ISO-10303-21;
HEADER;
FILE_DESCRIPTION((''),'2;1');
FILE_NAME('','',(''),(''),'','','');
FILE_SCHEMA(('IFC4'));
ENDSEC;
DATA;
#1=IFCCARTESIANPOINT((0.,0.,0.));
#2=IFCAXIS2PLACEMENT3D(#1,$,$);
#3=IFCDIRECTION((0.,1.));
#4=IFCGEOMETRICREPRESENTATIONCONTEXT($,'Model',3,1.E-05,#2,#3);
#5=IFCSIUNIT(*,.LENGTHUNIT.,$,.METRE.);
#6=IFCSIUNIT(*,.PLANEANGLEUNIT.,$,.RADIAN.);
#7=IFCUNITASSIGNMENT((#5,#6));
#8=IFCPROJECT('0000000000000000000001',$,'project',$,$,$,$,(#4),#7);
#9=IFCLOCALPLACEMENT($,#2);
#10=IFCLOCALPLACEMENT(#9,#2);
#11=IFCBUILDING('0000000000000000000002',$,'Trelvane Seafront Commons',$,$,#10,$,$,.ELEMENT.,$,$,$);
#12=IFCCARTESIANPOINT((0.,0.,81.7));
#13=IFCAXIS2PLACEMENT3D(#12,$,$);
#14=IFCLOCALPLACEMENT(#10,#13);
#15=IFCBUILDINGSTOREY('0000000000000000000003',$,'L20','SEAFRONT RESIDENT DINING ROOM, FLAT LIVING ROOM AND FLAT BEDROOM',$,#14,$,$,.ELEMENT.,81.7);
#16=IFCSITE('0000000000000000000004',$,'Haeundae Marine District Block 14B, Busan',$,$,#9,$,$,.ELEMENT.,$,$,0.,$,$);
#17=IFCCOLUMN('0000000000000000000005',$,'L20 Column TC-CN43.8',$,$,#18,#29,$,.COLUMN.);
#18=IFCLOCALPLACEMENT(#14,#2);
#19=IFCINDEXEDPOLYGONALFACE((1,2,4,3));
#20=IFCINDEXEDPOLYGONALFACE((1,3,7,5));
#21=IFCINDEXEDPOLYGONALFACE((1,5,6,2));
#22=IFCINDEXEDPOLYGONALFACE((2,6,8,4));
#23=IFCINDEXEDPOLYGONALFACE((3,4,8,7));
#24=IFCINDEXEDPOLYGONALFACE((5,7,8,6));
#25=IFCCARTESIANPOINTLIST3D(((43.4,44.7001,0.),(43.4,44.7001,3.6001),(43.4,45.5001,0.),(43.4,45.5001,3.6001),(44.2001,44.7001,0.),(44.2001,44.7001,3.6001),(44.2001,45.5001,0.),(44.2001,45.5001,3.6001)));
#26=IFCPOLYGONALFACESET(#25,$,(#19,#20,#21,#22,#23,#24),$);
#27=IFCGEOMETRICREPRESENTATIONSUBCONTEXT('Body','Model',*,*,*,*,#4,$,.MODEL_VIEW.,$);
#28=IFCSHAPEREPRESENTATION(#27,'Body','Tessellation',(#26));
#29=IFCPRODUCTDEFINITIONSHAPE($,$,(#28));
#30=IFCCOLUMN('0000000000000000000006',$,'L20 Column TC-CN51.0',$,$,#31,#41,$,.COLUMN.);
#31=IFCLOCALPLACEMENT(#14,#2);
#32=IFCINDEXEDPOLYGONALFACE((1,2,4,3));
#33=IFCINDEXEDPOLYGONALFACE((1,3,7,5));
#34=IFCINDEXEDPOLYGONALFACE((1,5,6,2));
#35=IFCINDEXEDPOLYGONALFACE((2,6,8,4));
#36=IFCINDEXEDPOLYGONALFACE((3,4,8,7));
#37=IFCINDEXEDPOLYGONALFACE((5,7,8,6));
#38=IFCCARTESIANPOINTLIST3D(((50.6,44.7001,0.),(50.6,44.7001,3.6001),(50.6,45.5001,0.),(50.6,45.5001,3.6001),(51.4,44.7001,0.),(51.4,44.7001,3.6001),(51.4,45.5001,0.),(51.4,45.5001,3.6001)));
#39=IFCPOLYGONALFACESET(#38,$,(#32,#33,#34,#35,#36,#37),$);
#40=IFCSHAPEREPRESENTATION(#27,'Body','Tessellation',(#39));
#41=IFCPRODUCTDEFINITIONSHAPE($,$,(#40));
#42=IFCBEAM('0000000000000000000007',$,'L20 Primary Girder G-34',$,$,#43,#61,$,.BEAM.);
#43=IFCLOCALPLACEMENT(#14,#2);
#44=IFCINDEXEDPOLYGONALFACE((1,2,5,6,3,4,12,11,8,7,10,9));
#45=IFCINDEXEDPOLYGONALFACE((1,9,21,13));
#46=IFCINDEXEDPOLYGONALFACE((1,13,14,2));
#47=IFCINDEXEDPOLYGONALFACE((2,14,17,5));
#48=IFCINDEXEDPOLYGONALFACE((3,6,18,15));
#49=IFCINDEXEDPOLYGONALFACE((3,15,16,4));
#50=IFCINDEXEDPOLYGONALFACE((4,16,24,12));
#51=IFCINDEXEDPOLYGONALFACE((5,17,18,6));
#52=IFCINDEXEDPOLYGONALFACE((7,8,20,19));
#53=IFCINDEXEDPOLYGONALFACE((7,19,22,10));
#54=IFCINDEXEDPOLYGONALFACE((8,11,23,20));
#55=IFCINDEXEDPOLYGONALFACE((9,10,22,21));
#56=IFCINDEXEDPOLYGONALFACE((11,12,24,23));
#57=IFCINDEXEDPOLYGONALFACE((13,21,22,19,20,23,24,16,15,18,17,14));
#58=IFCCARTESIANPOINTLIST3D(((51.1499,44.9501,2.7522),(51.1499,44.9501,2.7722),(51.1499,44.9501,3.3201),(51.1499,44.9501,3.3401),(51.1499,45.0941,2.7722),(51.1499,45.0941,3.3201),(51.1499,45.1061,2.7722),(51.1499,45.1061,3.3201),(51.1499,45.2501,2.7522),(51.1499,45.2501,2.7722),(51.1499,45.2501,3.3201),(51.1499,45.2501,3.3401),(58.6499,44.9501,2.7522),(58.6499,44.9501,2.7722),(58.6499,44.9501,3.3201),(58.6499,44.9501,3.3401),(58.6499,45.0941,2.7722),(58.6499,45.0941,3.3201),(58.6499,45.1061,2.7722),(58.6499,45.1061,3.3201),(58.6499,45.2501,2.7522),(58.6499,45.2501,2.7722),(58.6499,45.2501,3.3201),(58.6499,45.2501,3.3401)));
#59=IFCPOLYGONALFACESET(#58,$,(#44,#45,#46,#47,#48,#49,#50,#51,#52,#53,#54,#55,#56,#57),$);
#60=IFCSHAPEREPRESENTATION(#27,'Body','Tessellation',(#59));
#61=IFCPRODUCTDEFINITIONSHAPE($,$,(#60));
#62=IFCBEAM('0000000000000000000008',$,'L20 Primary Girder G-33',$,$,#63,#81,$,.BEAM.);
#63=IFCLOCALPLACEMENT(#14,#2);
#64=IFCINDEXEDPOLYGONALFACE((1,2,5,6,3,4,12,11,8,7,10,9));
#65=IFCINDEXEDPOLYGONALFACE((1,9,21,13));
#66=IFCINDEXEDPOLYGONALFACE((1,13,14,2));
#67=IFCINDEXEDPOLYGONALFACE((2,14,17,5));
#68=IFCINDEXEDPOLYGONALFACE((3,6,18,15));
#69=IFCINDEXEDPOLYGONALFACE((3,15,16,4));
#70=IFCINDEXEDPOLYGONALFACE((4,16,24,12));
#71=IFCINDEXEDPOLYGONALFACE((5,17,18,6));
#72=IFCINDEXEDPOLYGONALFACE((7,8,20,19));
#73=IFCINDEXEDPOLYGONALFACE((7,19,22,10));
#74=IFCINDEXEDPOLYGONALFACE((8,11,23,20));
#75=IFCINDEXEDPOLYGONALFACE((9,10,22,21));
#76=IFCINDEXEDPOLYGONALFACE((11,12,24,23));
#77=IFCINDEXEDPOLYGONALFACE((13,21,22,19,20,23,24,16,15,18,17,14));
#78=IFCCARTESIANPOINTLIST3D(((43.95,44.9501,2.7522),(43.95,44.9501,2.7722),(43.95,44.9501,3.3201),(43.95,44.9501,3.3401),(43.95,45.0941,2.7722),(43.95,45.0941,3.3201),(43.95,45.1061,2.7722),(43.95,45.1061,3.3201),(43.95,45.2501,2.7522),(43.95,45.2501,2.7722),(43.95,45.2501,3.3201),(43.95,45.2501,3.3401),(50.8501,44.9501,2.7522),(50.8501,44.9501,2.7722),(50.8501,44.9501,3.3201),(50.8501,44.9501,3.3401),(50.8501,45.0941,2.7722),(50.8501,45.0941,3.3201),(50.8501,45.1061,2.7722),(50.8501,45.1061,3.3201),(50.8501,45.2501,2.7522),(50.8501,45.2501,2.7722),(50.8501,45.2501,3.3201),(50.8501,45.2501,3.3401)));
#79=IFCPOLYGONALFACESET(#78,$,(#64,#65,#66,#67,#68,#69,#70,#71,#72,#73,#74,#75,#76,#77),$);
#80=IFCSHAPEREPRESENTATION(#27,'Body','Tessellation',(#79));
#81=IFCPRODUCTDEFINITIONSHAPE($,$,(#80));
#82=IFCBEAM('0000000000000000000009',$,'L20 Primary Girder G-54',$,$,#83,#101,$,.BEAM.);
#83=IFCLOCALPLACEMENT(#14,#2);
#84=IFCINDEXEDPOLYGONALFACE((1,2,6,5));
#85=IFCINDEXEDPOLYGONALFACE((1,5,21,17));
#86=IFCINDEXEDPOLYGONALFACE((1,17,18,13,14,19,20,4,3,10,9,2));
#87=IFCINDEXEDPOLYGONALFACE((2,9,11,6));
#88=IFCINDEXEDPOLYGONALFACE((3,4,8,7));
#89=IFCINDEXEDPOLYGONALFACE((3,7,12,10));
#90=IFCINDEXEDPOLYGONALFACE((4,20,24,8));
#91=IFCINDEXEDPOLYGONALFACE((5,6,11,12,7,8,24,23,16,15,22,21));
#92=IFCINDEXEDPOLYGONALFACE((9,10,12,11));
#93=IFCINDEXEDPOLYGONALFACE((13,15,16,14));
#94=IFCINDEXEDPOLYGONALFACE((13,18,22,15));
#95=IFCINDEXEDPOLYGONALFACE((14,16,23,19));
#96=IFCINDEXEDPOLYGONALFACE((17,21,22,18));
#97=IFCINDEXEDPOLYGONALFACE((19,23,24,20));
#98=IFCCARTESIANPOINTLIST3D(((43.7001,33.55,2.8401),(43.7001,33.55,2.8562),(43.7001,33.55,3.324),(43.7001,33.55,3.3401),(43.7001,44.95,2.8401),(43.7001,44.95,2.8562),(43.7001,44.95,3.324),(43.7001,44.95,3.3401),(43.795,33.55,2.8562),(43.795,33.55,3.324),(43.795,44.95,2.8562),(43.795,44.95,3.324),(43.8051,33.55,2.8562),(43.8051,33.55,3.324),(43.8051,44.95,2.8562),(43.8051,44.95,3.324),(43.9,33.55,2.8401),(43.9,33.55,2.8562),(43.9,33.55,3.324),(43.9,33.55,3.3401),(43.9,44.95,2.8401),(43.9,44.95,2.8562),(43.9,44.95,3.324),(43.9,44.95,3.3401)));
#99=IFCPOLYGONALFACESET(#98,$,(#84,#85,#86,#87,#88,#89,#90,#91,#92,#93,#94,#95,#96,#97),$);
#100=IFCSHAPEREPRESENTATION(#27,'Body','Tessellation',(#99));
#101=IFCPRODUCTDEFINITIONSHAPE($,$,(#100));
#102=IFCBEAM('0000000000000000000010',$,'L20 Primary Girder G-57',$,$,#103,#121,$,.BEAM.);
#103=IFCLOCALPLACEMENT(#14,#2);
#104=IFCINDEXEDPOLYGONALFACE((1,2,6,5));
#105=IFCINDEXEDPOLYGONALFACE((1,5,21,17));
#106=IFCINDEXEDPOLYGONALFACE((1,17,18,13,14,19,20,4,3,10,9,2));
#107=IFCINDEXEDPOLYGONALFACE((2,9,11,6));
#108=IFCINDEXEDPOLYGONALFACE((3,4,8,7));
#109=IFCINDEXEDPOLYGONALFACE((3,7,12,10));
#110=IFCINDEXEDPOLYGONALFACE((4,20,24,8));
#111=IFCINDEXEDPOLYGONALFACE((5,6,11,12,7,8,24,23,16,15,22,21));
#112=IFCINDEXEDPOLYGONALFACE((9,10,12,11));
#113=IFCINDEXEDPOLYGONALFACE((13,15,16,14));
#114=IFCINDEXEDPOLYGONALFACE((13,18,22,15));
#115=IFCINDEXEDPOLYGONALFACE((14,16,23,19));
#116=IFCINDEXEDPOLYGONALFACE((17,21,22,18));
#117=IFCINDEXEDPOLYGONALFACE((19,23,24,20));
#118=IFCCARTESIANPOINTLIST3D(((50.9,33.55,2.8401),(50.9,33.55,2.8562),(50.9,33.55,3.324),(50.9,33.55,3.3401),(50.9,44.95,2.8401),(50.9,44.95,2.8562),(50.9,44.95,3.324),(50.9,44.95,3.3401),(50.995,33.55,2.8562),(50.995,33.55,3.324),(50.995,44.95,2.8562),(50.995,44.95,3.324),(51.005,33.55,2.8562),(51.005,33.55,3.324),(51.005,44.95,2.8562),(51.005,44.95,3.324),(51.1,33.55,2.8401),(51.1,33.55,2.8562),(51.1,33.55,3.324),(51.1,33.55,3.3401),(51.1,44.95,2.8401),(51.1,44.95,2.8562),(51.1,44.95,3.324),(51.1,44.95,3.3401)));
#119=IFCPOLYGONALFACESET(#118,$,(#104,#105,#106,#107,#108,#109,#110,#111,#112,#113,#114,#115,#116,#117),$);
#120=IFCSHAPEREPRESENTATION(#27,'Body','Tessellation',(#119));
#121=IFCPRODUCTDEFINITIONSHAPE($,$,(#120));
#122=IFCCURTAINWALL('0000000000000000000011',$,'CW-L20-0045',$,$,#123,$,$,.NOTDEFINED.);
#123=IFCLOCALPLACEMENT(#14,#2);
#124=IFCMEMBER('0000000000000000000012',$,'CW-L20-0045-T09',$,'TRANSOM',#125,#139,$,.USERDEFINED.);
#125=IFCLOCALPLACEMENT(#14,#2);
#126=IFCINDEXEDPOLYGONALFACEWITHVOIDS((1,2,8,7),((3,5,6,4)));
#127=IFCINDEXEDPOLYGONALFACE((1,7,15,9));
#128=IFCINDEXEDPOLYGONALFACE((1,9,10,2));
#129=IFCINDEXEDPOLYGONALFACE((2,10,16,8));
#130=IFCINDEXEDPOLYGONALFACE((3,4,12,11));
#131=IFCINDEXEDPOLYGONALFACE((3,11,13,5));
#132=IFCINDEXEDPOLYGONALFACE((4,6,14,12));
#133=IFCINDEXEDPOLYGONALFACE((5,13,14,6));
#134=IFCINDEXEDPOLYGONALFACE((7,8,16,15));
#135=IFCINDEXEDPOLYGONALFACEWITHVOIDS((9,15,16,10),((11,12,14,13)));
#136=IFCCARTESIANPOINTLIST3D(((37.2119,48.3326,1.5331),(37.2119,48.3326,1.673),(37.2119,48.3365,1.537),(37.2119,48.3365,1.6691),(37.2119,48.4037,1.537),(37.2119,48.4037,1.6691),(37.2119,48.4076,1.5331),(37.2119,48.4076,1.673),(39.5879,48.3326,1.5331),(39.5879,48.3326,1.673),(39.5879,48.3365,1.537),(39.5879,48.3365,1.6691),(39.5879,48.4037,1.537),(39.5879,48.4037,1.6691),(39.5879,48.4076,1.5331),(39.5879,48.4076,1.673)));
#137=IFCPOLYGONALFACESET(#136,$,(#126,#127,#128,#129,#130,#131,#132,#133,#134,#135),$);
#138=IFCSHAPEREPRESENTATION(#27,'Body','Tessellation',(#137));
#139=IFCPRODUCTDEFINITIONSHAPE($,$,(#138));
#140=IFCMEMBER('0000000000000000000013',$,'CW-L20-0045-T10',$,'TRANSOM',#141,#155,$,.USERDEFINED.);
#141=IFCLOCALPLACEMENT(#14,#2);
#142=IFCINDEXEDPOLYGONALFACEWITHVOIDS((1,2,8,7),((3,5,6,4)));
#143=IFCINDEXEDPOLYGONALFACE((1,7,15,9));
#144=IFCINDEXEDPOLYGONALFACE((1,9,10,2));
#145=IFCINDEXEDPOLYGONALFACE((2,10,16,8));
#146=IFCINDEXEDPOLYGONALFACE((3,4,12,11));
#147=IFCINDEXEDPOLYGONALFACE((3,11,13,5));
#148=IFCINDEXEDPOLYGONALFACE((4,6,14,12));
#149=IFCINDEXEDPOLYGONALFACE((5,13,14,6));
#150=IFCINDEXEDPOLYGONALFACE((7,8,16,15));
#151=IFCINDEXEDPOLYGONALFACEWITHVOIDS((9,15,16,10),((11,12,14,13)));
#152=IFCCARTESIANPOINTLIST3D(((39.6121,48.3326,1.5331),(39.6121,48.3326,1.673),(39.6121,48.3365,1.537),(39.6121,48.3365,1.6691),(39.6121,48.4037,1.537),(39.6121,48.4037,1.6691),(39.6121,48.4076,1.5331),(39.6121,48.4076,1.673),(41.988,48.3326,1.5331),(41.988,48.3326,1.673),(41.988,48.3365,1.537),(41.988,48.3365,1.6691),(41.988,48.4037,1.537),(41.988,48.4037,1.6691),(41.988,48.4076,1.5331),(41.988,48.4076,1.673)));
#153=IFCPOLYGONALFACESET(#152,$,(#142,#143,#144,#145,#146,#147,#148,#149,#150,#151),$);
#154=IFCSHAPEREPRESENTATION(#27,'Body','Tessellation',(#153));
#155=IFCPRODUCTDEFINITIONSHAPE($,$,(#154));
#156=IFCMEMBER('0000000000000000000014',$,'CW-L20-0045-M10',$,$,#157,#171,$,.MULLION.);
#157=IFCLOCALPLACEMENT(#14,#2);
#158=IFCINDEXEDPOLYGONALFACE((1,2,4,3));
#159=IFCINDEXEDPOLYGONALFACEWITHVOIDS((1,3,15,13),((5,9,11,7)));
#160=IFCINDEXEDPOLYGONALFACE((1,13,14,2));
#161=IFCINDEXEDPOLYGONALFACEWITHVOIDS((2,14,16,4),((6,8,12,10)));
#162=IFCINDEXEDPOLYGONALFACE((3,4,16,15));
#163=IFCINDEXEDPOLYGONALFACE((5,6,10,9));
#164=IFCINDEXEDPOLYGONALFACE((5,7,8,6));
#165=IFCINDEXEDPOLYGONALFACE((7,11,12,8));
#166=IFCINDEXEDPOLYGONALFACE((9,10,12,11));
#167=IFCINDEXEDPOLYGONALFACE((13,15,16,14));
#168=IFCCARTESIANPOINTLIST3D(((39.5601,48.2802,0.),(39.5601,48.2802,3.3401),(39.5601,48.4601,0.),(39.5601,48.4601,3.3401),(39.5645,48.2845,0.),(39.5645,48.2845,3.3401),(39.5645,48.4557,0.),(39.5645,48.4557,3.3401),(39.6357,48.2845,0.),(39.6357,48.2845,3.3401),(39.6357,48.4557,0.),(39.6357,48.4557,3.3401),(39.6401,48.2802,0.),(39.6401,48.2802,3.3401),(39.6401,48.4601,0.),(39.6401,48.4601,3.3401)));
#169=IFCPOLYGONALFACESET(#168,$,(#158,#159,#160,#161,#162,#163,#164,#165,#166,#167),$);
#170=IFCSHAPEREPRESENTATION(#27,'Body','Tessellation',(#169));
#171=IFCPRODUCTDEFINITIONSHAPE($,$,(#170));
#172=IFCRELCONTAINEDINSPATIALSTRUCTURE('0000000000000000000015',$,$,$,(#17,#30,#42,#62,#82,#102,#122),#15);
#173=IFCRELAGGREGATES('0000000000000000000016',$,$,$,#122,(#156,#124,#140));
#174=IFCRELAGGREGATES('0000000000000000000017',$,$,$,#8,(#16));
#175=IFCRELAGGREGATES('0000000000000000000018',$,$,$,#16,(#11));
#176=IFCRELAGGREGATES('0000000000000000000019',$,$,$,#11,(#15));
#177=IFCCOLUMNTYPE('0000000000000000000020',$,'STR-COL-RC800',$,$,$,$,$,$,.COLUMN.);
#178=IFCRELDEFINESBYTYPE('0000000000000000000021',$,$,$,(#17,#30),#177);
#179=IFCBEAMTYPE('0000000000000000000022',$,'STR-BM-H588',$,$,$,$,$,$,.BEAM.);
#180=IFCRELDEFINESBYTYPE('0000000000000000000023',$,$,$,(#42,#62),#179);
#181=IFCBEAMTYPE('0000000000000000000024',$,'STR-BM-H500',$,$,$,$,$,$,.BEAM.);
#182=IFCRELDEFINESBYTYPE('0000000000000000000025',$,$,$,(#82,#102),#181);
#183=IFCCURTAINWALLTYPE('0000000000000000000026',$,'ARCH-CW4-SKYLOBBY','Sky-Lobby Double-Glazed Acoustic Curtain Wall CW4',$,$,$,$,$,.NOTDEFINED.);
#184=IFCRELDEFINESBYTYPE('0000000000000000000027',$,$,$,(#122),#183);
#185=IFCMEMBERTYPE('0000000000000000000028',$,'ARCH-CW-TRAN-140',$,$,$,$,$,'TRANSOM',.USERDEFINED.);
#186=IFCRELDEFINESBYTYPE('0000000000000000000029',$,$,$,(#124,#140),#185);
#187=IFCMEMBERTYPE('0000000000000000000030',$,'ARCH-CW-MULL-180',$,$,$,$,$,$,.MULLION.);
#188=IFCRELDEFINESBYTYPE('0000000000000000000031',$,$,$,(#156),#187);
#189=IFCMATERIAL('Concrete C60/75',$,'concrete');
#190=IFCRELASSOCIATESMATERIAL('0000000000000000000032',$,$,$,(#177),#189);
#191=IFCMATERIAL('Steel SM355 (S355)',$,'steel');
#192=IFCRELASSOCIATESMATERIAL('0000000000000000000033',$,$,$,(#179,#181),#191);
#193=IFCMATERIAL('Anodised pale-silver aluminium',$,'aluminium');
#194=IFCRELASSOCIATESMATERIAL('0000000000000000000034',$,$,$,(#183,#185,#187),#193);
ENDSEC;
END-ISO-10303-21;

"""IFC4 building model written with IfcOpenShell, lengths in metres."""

from ifc_helpers import new_model, si_unit, direction, frame, origin, origin_2d, place, context, subcontext, project, spatial, rectangle, hollow_rectangle, i_section, extrude, source, transform, mapped, material, material_profile, profile_set, type_object, element, aggregate, save


model = new_model("IFC4")

# Units and contexts
model_context = context("Model", 3, precision=1e-05, world=origin(), true_north=direction((0.0, 1.0)))
body_context = subcontext(model_context, "Body", "Model", "MODEL_VIEW")
ifc_project = project(units=[si_unit("LENGTHUNIT", "METRE"), si_unit("PLANEANGLEUNIT", "RADIAN")], contexts=[model_context])

# Site, building, storey
site_placement = place(None, origin())
site = spatial("IfcSite", under=ifc_project, at=site_placement, Name="Haeundae Marine District Block 14B, Busan", CompositionType="ELEMENT", RefElevation=0.0)
building_placement = place(site_placement, origin())
building = spatial("IfcBuilding", under=site, at=building_placement, Name="Trelvane Seafront Commons", CompositionType="ELEMENT")
storey_placement = place(building_placement, frame((0.0, 0.0, 81.7)))
storey = spatial("IfcBuildingStorey", under=building, at=storey_placement, Name="L20", Description="SEAFRONT RESIDENT DINING ROOM, FLAT LIVING ROOM AND FLAT BEDROOM", CompositionType="ELEMENT", Elevation=81.7)

# Columns
ifc_material_1 = material(Name="Concrete C60/75", Category="concrete")
ifc_material_profile_1 = material_profile(ifc_material_1, rectangle(XDim=0.8, YDim=0.8, at=origin_2d()), Name="RC-800x800")
ifc_profile_set_1 = profile_set([ifc_material_profile_1], Name="Concrete C60/75")
column_type = type_object("IfcColumnType", Name="STR-COL-RC800", PredefinedType="COLUMN", material=ifc_profile_set_1)
shared_shape_1 = source(origin(), body_context, "Body", "SweptSolid", [
    extrude(rectangle(XDim=0.8, YDim=0.8, at=origin_2d()), origin(), (0.0, 0.0, 1.0), 3.6001),
])
for number, where, z_axis, x_axis, name in (
    (1, (43.8, 45.1001, 0.0), (0.0, 0.0, 1.0), (1.0, 0.0, 0.0), "L20 Column TC-CN43.8"),
    (2, (51.0, 45.1001, 0.0), (0.0, 0.0, 1.0), (1.0, 0.0, 0.0), "L20 Column TC-CN51.0"),
):
    element("IfcColumn", number, at=place(storey_placement, frame(where, z_axis=z_axis, x_axis=x_axis)), inside=storey, type_object=column_type, Name=name, PredefinedType="COLUMN", context=body_context, shape_type="MappedRepresentation", body=[
        mapped(shared_shape_1, transform((0.0, 0.0, 0.0), x_axis=(1.0, 0.0, 0.0), y_axis=(0.0, 1.0, 0.0), z_axis=(0.0, 0.0, 1.0), scale=1.0)),
    ])

# Beams
ifc_material_2 = material(Name="Steel SM355 (S355)", Category="steel")
ifc_material_profile_2 = material_profile(ifc_material_2, i_section(OverallWidth=0.3, OverallDepth=0.5879, WebThickness=0.012, FlangeThickness=0.02, at=origin_2d()), Name="H-588x300x12x20")
ifc_profile_set_2 = profile_set([ifc_material_profile_2], Name="Steel SM355 (S355)")
beam_type_1 = type_object("IfcBeamType", Name="STR-BM-H588", PredefinedType="BEAM", material=ifc_profile_set_2)
shared_shape_2 = source(origin(), body_context, "Body", "SweptSolid", [
    extrude(i_section(OverallWidth=0.3, OverallDepth=0.5879, WebThickness=0.012, FlangeThickness=0.02, at=origin_2d()), origin(), (0.0, 0.0, 1.0), 7.5),
])
beam_1_placement = place(storey_placement, frame((51.1499, 45.1001, 3.0461), z_axis=(1.0, 0.0, 0.0), x_axis=(0.0, 1.0, 0.0)))
element("IfcBeam", 3, at=beam_1_placement, inside=storey, type_object=beam_type_1, Name="L20 Primary Girder G-34", PredefinedType="BEAM", context=body_context, shape_type="MappedRepresentation", body=[
    mapped(shared_shape_2, transform((0.0, 0.0, 0.0), x_axis=(1.0, 0.0, 0.0), y_axis=(0.0, 1.0, 0.0), z_axis=(0.0, 0.0, 1.0), scale=1.0)),
])
shared_shape_3 = source(origin(), body_context, "Body", "SweptSolid", [
    extrude(i_section(OverallWidth=0.3, OverallDepth=0.5879, WebThickness=0.012, FlangeThickness=0.02, at=origin_2d()), origin(), (0.0, 0.0, 1.0), 6.9001),
])
beam_2_placement = place(storey_placement, frame((43.95, 45.1001, 3.0461), z_axis=(1.0, 0.0, 0.0), x_axis=(0.0, 1.0, 0.0)))
element("IfcBeam", 4, at=beam_2_placement, inside=storey, type_object=beam_type_1, Name="L20 Primary Girder G-33", PredefinedType="BEAM", context=body_context, shape_type="MappedRepresentation", body=[
    mapped(shared_shape_3, transform((0.0, 0.0, 0.0), x_axis=(1.0, 0.0, 0.0), y_axis=(0.0, 1.0, 0.0), z_axis=(0.0, 0.0, 1.0), scale=1.0)),
])
ifc_material_profile_3 = material_profile(ifc_material_2, i_section(OverallWidth=0.2, OverallDepth=0.5, WebThickness=0.01, FlangeThickness=0.0161, at=origin_2d()), Name="H-500x200x10x16")
ifc_profile_set_3 = profile_set([ifc_material_profile_3], Name="Steel SM355 (S355)")
beam_type_2 = type_object("IfcBeamType", Name="STR-BM-H500", PredefinedType="BEAM", material=ifc_profile_set_3)
shared_shape_4 = source(origin(), body_context, "Body", "SweptSolid", [
    extrude(i_section(OverallWidth=0.2, OverallDepth=0.5, WebThickness=0.01, FlangeThickness=0.0161, at=origin_2d()), origin(), (0.0, 0.0, 1.0), 11.3999),
])
for number, where, z_axis, x_axis, name in (
    (5, (43.8, 33.55, 3.0901), (0.0, 1.0, 0.0), (-1.0, 0.0, 0.0), "L20 Primary Girder G-54"),
    (6, (51.0, 33.55, 3.0901), (0.0, 1.0, 0.0), (-1.0, 0.0, 0.0), "L20 Primary Girder G-57"),
):
    element("IfcBeam", number, at=place(storey_placement, frame(where, z_axis=z_axis, x_axis=x_axis)), inside=storey, type_object=beam_type_2, Name=name, PredefinedType="BEAM", context=body_context, shape_type="MappedRepresentation", body=[
        mapped(shared_shape_4, transform((0.0, 0.0, 0.0), x_axis=(1.0, 0.0, 0.0), y_axis=(0.0, 1.0, 0.0), z_axis=(0.0, 0.0, 1.0), scale=1.0)),
    ])

# Curtain wall, members
ifc_material_3 = material(Name="Anodised pale-silver aluminium", Category="aluminium")
curtain_wall_type = type_object("IfcCurtainWallType", Name="ARCH-CW4-SKYLOBBY", Description="Sky-Lobby Double-Glazed Acoustic Curtain Wall CW4", PredefinedType="NOTDEFINED", material=ifc_material_3)
curtain_wall_placement = place(storey_placement, origin())
curtain_wall = element("IfcCurtainWall", 7, at=curtain_wall_placement, inside=storey, type_object=curtain_wall_type, Name="CW-L20-0045", PredefinedType="NOTDEFINED")
ifc_material_profile_4 = material_profile(ifc_material_3, hollow_rectangle(XDim=0.075, YDim=0.1399, WallThickness=0.0039, at=origin_2d()), Name="TRAN-75x140x4")
ifc_profile_set_4 = profile_set([ifc_material_profile_4], Name="Anodised pale-silver aluminium")
member_type_1 = type_object("IfcMemberType", Name="ARCH-CW-TRAN-140", ElementType="TRANSOM", PredefinedType="USERDEFINED", material=ifc_profile_set_4)
shared_shape_5 = source(origin(), body_context, "Body", "SweptSolid", [
    extrude(hollow_rectangle(XDim=0.075, YDim=0.1399, WallThickness=0.0039, at=origin_2d()), origin(), (0.0, 0.0, 1.0), 2.376),
])
member_1_placement = place(storey_placement, frame((37.2119, 48.3701, 1.603), z_axis=(1.0, 0.0, 0.0), x_axis=(0.0, 1.0, 0.0)))
member_1 = element("IfcMember", 8, at=member_1_placement, type_object=member_type_1, Name="CW-L20-0045-T09", ObjectType="TRANSOM", PredefinedType="USERDEFINED", context=body_context, shape_type="MappedRepresentation", body=[
    mapped(shared_shape_5, transform((0.0, 0.0, 0.0), x_axis=(1.0, 0.0, 0.0), y_axis=(0.0, 1.0, 0.0), z_axis=(0.0, 0.0, 1.0), scale=1.0)),
])
member_2_placement = place(storey_placement, frame((39.6121, 48.3701, 1.603), z_axis=(1.0, 0.0, 0.0), x_axis=(0.0, 1.0, 0.0)))
member_2 = element("IfcMember", 9, at=member_2_placement, type_object=member_type_1, Name="CW-L20-0045-T10", ObjectType="TRANSOM", PredefinedType="USERDEFINED", context=body_context, shape_type="MappedRepresentation", body=[
    mapped(shared_shape_5, transform((0.0, 0.0, 0.0), x_axis=(1.0, 0.0, 0.0), y_axis=(0.0, 1.0, 0.0), z_axis=(0.0, 0.0, 1.0), scale=1.0)),
])
ifc_material_profile_5 = material_profile(ifc_material_3, hollow_rectangle(XDim=0.0801, YDim=0.1799, WallThickness=0.0044, at=origin_2d()), Name="MULL-80x180x4.5")
ifc_profile_set_5 = profile_set([ifc_material_profile_5], Name="Anodised pale-silver aluminium")
member_type_2 = type_object("IfcMemberType", Name="ARCH-CW-MULL-180", PredefinedType="MULLION", material=ifc_profile_set_5)
shared_shape_6 = source(origin(), body_context, "Body", "SweptSolid", [
    extrude(hollow_rectangle(XDim=0.0801, YDim=0.1799, WallThickness=0.0044, at=origin_2d()), origin(), (0.0, 0.0, 1.0), 3.3401),
])
member_3_placement = place(storey_placement, frame((39.6001, 48.3701, 0.0), z_axis=(0.0, 0.0, 1.0), x_axis=(1.0, 0.0, 0.0)))
member_3 = element("IfcMember", 10, at=member_3_placement, type_object=member_type_2, Name="CW-L20-0045-M10", PredefinedType="MULLION", context=body_context, shape_type="MappedRepresentation", body=[
    mapped(shared_shape_6, transform((0.0, 0.0, 0.0), x_axis=(1.0, 0.0, 0.0), y_axis=(0.0, 1.0, 0.0), z_axis=(0.0, 0.0, 1.0), scale=1.0)),
])
aggregate(curtain_wall, [member_3, member_1, member_2])

save(model, "model.ifc")
